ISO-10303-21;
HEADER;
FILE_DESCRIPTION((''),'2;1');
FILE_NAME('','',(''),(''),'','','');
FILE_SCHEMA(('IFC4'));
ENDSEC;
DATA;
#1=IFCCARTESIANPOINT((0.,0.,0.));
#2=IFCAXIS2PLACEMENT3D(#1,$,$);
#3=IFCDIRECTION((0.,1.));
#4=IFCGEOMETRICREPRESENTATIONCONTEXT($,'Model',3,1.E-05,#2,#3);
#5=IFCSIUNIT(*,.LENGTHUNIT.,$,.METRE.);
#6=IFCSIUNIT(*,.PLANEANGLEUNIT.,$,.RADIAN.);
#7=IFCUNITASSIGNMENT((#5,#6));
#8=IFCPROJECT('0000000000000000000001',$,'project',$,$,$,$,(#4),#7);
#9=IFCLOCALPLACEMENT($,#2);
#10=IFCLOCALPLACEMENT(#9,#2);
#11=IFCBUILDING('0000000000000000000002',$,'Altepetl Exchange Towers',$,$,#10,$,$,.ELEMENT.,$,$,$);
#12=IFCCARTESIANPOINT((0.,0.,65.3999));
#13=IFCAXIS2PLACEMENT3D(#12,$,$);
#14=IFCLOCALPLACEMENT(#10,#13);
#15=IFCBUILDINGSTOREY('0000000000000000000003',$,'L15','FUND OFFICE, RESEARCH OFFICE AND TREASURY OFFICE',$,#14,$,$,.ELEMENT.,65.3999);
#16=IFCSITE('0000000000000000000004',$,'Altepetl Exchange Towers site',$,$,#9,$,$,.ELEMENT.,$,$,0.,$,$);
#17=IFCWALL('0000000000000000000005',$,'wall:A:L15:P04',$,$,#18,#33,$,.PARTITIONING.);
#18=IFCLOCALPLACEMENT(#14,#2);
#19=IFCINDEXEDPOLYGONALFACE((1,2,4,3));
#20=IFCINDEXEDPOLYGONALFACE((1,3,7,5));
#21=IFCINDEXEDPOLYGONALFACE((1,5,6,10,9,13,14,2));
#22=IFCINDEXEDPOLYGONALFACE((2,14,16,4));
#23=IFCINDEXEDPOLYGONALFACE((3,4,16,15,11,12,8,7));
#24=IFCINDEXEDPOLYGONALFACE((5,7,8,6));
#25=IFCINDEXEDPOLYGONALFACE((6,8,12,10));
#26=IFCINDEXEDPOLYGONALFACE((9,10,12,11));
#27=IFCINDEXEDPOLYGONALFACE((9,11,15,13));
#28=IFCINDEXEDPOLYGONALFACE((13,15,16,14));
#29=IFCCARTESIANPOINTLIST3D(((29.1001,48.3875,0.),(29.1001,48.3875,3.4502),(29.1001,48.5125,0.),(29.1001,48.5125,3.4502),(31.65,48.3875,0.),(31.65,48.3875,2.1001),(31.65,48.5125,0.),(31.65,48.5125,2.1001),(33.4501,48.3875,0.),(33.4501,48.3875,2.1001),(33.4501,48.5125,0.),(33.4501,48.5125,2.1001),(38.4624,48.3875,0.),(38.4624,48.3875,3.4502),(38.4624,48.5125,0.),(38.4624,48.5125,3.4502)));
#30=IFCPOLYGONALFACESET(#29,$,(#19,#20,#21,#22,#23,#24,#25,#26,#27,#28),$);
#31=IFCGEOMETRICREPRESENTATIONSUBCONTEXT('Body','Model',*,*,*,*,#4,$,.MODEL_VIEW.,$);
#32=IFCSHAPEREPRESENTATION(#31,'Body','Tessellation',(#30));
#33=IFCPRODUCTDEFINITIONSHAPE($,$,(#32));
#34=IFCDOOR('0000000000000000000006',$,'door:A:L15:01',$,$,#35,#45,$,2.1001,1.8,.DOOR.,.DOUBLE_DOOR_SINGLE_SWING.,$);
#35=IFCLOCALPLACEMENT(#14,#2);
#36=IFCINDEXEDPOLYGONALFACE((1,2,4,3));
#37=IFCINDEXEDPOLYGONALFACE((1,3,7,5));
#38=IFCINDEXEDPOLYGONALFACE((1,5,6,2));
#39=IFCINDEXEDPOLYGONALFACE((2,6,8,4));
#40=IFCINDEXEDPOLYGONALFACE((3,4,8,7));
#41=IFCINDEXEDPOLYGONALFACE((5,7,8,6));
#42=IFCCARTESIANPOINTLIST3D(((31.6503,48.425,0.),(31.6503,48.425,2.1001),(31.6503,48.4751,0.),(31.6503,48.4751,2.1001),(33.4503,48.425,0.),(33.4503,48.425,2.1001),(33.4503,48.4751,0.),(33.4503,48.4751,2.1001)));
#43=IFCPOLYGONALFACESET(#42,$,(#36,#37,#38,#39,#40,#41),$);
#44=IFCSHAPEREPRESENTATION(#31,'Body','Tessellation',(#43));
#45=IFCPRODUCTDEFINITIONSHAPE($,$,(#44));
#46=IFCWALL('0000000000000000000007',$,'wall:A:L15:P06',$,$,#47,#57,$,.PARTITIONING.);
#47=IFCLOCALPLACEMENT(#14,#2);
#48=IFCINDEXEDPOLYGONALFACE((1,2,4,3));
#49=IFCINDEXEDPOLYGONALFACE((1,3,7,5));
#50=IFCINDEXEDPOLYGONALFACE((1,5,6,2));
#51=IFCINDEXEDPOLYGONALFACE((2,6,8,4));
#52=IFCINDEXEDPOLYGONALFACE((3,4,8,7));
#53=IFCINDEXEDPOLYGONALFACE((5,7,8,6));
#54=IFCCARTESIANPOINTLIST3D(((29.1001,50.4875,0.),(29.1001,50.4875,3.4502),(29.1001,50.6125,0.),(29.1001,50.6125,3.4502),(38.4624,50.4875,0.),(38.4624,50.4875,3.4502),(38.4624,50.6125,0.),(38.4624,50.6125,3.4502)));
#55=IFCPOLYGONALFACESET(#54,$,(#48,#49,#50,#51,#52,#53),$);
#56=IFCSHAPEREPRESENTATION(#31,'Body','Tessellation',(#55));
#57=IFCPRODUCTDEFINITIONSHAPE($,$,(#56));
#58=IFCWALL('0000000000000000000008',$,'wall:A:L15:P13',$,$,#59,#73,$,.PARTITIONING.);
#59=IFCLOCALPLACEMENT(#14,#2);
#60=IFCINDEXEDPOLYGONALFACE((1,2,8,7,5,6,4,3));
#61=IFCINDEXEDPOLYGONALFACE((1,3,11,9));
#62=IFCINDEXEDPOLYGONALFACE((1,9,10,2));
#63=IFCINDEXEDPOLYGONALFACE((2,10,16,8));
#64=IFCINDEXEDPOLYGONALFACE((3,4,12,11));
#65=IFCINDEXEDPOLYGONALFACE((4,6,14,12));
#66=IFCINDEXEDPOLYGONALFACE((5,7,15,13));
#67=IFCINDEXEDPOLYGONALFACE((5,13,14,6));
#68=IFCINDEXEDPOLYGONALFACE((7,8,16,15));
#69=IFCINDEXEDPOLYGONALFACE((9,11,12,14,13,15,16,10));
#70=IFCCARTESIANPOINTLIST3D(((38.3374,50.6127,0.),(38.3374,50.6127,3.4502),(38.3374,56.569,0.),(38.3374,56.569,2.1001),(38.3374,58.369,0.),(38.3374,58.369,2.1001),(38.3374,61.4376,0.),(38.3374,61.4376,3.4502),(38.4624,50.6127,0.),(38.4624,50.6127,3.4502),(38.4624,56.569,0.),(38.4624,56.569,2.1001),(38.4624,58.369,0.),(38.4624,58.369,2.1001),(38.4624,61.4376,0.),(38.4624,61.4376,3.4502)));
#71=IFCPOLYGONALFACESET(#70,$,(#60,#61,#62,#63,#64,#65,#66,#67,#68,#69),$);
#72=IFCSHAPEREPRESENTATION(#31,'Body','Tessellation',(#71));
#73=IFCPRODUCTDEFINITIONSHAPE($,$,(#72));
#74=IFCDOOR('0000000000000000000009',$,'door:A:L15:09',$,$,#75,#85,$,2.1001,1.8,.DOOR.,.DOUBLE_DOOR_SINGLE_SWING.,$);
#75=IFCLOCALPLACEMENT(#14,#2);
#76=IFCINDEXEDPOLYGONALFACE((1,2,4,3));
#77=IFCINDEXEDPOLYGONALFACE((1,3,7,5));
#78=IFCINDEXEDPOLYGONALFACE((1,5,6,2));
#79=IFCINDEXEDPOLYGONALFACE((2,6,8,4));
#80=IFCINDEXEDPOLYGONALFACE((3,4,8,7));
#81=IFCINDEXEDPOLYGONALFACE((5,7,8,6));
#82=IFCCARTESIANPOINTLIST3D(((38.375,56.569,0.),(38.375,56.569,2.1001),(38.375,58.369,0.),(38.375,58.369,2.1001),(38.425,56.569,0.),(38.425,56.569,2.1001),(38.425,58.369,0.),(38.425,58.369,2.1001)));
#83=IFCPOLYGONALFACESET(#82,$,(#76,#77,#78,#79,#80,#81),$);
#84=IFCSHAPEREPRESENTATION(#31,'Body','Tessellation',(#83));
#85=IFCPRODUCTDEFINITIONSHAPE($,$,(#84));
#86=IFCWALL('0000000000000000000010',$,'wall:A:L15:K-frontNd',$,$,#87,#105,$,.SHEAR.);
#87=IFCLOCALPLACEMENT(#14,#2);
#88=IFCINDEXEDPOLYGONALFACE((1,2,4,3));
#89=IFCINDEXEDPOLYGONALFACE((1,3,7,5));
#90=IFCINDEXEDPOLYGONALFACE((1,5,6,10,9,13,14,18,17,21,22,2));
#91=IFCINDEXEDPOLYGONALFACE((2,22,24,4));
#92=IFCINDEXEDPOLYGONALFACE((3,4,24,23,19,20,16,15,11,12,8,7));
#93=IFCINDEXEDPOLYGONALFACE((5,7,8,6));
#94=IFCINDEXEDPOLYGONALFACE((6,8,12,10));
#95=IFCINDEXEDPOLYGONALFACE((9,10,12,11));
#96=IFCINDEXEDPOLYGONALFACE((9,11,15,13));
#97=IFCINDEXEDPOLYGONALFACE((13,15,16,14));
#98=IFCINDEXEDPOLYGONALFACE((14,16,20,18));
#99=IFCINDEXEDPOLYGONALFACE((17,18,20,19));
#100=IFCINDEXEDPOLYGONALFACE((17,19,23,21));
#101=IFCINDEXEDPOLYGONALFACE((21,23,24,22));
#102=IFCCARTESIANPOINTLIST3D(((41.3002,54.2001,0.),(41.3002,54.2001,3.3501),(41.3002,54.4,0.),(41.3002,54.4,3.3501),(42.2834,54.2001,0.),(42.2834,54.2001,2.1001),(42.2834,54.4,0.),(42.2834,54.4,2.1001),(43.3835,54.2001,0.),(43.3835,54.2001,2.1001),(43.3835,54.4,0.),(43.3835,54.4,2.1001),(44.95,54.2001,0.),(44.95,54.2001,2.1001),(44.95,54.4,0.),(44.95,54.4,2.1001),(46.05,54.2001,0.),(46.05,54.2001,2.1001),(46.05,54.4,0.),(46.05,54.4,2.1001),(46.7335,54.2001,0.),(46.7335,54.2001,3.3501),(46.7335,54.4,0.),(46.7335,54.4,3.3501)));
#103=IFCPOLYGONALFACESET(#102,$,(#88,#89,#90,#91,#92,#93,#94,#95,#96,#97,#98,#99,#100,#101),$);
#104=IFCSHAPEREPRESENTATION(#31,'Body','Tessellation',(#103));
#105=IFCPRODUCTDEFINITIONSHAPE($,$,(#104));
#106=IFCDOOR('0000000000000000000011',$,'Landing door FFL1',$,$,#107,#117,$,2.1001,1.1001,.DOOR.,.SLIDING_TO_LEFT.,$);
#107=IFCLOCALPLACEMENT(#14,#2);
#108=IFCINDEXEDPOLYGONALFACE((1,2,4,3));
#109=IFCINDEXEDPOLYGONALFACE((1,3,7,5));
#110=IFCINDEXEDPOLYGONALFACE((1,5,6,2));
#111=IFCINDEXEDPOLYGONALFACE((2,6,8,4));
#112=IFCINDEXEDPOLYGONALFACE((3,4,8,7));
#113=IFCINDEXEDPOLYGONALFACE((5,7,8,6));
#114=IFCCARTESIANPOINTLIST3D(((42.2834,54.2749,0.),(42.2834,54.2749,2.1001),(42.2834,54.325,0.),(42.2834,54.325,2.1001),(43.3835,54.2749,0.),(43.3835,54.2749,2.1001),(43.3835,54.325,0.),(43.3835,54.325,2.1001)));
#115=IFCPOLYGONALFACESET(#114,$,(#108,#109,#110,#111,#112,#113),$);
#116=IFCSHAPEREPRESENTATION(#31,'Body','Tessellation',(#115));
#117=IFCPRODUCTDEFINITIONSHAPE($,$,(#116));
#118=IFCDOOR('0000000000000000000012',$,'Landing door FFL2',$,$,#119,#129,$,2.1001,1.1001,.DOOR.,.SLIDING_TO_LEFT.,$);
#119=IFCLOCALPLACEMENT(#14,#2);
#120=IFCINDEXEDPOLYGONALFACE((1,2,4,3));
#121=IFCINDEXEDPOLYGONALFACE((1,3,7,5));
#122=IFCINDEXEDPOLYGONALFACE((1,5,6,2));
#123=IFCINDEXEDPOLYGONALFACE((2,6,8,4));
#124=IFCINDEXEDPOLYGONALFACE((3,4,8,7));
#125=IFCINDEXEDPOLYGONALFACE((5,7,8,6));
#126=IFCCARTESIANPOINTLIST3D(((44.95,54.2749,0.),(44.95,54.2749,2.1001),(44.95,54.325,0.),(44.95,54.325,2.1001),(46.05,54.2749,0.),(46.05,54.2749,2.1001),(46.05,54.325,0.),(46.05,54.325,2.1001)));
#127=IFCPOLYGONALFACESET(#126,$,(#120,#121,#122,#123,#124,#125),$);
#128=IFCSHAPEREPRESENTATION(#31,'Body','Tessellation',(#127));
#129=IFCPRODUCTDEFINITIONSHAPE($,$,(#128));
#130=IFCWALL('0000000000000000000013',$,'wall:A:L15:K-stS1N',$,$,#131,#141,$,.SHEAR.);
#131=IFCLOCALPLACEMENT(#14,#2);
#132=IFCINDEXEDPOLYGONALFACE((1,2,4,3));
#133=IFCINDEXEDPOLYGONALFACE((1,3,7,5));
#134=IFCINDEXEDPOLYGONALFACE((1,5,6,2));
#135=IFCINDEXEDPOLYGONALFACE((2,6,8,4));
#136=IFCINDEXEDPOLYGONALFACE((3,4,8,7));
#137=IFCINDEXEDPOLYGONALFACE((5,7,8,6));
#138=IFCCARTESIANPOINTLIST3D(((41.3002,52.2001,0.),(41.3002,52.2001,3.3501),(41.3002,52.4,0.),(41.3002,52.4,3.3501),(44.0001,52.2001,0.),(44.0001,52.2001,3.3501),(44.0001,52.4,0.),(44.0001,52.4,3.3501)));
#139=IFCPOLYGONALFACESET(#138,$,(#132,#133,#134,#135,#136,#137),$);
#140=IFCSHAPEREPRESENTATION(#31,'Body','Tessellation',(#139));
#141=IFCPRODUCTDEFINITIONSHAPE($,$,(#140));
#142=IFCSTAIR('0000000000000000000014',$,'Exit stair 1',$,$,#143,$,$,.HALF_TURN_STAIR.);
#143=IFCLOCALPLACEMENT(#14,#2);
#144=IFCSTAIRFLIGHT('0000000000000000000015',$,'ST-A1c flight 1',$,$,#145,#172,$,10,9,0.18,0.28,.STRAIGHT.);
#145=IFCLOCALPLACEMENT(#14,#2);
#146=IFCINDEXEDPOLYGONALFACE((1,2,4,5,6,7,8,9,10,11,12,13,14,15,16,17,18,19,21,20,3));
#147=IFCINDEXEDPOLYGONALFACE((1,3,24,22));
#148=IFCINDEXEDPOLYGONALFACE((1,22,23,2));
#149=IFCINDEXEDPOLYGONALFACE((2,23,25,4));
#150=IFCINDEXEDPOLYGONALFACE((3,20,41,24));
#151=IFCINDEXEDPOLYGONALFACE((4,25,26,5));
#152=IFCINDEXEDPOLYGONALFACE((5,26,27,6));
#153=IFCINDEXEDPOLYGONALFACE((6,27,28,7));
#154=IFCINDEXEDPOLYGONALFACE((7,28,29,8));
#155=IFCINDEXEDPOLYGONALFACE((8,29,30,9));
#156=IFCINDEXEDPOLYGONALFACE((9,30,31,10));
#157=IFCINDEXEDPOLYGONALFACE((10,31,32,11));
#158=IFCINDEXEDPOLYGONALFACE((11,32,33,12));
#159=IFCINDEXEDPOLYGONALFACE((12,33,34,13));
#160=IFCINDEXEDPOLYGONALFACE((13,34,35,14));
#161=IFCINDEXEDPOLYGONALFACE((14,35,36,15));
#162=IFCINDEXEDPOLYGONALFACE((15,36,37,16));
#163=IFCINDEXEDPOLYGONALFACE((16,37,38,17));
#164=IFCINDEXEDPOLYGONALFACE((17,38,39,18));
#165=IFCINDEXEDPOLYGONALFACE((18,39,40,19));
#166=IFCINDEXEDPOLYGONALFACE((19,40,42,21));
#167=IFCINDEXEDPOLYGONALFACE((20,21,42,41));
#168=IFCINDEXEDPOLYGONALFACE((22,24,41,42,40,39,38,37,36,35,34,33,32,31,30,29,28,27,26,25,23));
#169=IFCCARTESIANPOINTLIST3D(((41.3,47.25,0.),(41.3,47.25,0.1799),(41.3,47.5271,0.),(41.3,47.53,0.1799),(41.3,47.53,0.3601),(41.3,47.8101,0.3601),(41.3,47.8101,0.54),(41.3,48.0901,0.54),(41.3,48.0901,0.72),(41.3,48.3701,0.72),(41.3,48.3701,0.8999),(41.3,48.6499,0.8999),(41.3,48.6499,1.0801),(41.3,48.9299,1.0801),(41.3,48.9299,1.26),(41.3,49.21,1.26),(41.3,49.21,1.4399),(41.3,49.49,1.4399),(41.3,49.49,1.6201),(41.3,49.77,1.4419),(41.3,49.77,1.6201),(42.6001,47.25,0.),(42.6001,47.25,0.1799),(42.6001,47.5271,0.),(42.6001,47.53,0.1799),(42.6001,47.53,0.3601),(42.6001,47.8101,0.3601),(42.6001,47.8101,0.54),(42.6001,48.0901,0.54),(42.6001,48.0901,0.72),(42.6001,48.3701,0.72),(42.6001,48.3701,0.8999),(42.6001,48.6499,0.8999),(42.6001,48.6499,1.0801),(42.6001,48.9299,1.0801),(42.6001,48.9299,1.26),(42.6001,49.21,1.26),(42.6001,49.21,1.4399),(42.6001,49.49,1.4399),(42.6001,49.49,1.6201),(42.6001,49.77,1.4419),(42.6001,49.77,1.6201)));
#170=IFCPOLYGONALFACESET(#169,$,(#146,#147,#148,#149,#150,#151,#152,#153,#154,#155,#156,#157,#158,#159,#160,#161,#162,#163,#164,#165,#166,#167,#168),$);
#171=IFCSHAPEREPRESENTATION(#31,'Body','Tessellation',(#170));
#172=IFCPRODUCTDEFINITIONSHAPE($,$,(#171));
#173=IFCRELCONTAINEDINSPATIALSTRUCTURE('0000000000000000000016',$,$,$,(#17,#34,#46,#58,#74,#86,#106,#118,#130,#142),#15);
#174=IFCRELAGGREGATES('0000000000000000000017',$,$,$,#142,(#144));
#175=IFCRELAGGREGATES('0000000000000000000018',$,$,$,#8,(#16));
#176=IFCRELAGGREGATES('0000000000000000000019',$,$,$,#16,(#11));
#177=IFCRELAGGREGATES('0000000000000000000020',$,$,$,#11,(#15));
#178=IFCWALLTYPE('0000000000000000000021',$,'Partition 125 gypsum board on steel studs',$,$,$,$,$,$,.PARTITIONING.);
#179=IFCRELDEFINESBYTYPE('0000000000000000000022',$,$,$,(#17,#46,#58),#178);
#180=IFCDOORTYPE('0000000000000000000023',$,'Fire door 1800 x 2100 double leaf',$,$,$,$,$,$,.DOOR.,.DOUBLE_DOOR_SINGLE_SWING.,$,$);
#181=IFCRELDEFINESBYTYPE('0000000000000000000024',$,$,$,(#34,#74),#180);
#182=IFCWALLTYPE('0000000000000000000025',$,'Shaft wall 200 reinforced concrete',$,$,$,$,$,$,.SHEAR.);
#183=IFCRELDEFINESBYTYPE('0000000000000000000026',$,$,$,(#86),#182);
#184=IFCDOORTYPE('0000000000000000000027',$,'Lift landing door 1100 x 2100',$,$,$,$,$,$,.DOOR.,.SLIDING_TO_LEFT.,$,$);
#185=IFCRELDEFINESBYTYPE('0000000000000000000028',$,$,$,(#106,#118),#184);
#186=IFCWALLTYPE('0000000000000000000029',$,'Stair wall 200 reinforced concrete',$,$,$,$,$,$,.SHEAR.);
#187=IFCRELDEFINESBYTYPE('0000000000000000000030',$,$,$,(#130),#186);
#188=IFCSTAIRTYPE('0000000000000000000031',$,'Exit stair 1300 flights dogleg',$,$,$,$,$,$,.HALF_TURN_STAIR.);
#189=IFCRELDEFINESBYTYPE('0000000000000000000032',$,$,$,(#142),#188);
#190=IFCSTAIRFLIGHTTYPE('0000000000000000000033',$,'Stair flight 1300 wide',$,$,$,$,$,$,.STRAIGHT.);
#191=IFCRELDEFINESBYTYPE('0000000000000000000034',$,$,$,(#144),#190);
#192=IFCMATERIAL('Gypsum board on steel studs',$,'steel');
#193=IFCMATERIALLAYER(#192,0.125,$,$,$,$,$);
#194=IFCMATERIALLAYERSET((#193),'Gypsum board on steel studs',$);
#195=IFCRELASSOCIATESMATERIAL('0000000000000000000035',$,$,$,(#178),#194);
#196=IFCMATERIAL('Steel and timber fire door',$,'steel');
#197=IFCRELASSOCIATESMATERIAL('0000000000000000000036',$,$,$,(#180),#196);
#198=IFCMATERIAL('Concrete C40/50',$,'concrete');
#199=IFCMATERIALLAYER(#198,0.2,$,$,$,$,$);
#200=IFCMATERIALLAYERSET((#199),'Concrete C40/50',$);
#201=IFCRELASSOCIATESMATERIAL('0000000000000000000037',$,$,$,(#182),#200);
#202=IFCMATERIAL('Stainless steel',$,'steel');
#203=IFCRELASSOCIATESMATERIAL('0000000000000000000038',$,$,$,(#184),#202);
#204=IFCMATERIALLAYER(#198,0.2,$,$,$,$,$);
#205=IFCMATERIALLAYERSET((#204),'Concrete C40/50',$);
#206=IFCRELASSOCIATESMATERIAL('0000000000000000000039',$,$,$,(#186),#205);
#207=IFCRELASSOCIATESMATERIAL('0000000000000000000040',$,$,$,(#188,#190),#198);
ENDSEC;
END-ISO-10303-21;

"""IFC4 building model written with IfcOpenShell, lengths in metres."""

from ifc_helpers import new_model, si_unit, direction, frame, frame_2d, origin, place, context, subcontext, project, spatial, polyline, rectangle, outline, extrude, material, layer, layer_set, type_object, element, fill, aggregate, save


model = new_model("IFC4")

# Units and contexts
model_context = context("Model", 3, precision=1e-05, world=origin(), true_north=direction((0.0, 1.0)))
body_context = subcontext(model_context, "Body", "Model", "MODEL_VIEW")
ifc_project = project(units=[si_unit("LENGTHUNIT", "METRE"), si_unit("PLANEANGLEUNIT", "RADIAN")], contexts=[model_context])

# Site, building, storey
site_placement = place(None, origin())
site = spatial("IfcSite", under=ifc_project, at=site_placement, Name="Altepetl Exchange Towers site", CompositionType="ELEMENT", RefElevation=0.0)
building_placement = place(site_placement, origin())
building = spatial("IfcBuilding", under=site, at=building_placement, Name="Altepetl Exchange Towers", CompositionType="ELEMENT")
storey_placement = place(building_placement, frame((0.0, 0.0, 65.3999)))
storey = spatial("IfcBuildingStorey", under=building, at=storey_placement, Name="L15", Description="FUND OFFICE, RESEARCH OFFICE AND TREASURY OFFICE", CompositionType="ELEMENT", Elevation=65.3999)

# Wall, opening, door
ifc_material_1 = material(Name="Gypsum board on steel studs", Category="steel")
ifc_layer_1 = layer(ifc_material_1, 0.125)
ifc_layer_set_1 = layer_set([ifc_layer_1], Name="Gypsum board on steel studs")
wall_type_1 = type_object("IfcWallType", Name="Partition 125 gypsum board on steel studs", PredefinedType="PARTITIONING", material=ifc_layer_set_1)
wall_1_placement = place(storey_placement, frame((29.1001, 48.45, 0.0)))
wall_1 = element("IfcWall", 1, at=wall_1_placement, inside=storey, type_object=wall_type_1, Name="wall:A:L15:P04", PredefinedType="PARTITIONING", context=body_context, shape_type="SweptSolid", body=[
    extrude(rectangle(XDim=9.3623, YDim=0.125, at=frame_2d((4.6812, 0.0))), origin(), (0.0, 0.0, 1.0), 3.4502),
])
opening_1_placement = place(wall_1_placement, frame((2.55, 0.0, 0.0)))
opening_1 = element("IfcOpeningElement", 2, at=opening_1_placement, cuts=wall_1, PredefinedType="OPENING", context=body_context, shape_type="SweptSolid", body=[
    extrude(rectangle(XDim=1.8, YDim=2.1001, at=frame_2d((0.8999, 1.05))), frame((0.0, 0.0725, 0.0), z_axis=(0.0, -1.0, 0.0), x_axis=(1.0, 0.0, 0.0)), (0.0, 0.0, 1.0), 0.145),
])
ifc_material_2 = material(Name="Steel and timber fire door", Category="steel")
door_type_1 = type_object("IfcDoorType", Name="Fire door 1800 x 2100 double leaf", OperationType="DOUBLE_DOOR_SINGLE_SWING", PredefinedType="DOOR", material=ifc_material_2)
door_1_placement = place(opening_1_placement, frame((1.8, 0.0, 0.0), x_axis=(-1.0, 0.0, 0.0)))
door_1 = element("IfcDoor", 3, at=door_1_placement, inside=storey, type_object=door_type_1, Name="door:A:L15:01", OperationType="DOUBLE_DOOR_SINGLE_SWING", OverallHeight=2.1001, OverallWidth=1.8, PredefinedType="DOOR", context=body_context, shape_type="SweptSolid", body=[
    extrude(rectangle(XDim=1.8, YDim=2.1001, at=frame_2d((0.8999, 1.05))), frame((0.0, 0.0249, 0.0), z_axis=(0.0, -1.0, 0.0), x_axis=(1.0, 0.0, 0.0)), (0.0, 0.0, 1.0), 0.05),
])
fill(opening_1, door_1)

# Wall
wall_2_placement = place(storey_placement, frame((29.1001, 50.55, 0.0)))
element("IfcWall", 4, at=wall_2_placement, inside=storey, type_object=wall_type_1, Name="wall:A:L15:P06", PredefinedType="PARTITIONING", context=body_context, shape_type="SweptSolid", body=[
    extrude(rectangle(XDim=9.3623, YDim=0.125, at=frame_2d((4.6812, 0.0))), origin(), (0.0, 0.0, 1.0), 3.4502),
])

# Wall, opening, door
wall_3_placement = place(storey_placement, frame((38.3999, 50.6125, 0.0), z_axis=(0.0, 0.0, 1.0), x_axis=(0.0, 1.0, 0.0)))
wall_3 = element("IfcWall", 5, at=wall_3_placement, inside=storey, type_object=wall_type_1, Name="wall:A:L15:P13", PredefinedType="PARTITIONING", context=body_context, shape_type="SweptSolid", body=[
    extrude(rectangle(XDim=10.825, YDim=0.125, at=frame_2d((5.4126, 0.0))), origin(), (0.0, 0.0, 1.0), 3.4502),
])
opening_2_placement = place(wall_3_placement, frame((5.9565, 0.0, 0.0)))
opening_2 = element("IfcOpeningElement", 6, at=opening_2_placement, cuts=wall_3, PredefinedType="OPENING", context=body_context, shape_type="SweptSolid", body=[
    extrude(rectangle(XDim=1.8, YDim=2.1001, at=frame_2d((0.8999, 1.05))), frame((0.0, 0.0725, 0.0), z_axis=(0.0, -1.0, 0.0), x_axis=(1.0, 0.0, 0.0)), (0.0, 0.0, 1.0), 0.145),
])
door_2_placement = place(opening_2_placement, origin())
door_2 = element("IfcDoor", 7, at=door_2_placement, inside=storey, type_object=door_type_1, Name="door:A:L15:09", OperationType="DOUBLE_DOOR_SINGLE_SWING", OverallHeight=2.1001, OverallWidth=1.8, PredefinedType="DOOR", context=body_context, shape_type="SweptSolid", body=[
    extrude(rectangle(XDim=1.8, YDim=2.1001, at=frame_2d((0.8999, 1.05))), frame((0.0, 0.0249, 0.0), z_axis=(0.0, -1.0, 0.0), x_axis=(1.0, 0.0, 0.0)), (0.0, 0.0, 1.0), 0.05),
])
fill(opening_2, door_2)

# Wall, openings, doors
ifc_material_3 = material(Name="Concrete C40/50", Category="concrete")
ifc_layer_2 = layer(ifc_material_3, 0.2)
ifc_layer_set_2 = layer_set([ifc_layer_2], Name="Concrete C40/50")
wall_type_2 = type_object("IfcWallType", Name="Shaft wall 200 reinforced concrete", PredefinedType="SHEAR", material=ifc_layer_set_2)
wall_4_placement = place(storey_placement, frame((41.3, 54.3, 0.0)))
wall_4 = element("IfcWall", 8, at=wall_4_placement, inside=storey, type_object=wall_type_2, Name="wall:A:L15:K-frontNd", PredefinedType="SHEAR", context=body_context, shape_type="SweptSolid", body=[
    extrude(rectangle(XDim=5.4333, YDim=0.2, at=frame_2d((2.7168, 0.0))), origin(), (0.0, 0.0, 1.0), 3.3501),
])
opening_3_placement = place(wall_4_placement, frame((0.9834, 0.0, 0.0)))
opening_3 = element("IfcOpeningElement", 9, at=opening_3_placement, cuts=wall_4, PredefinedType="OPENING", context=body_context, shape_type="SweptSolid", body=[
    extrude(rectangle(XDim=1.1001, YDim=2.1001, at=frame_2d((0.55, 1.05))), frame((0.0, 0.1099, 0.0), z_axis=(0.0, -1.0, 0.0), x_axis=(1.0, 0.0, 0.0)), (0.0, 0.0, 1.0), 0.22),
])
opening_4_placement = place(wall_4_placement, frame((3.6499, 0.0, 0.0)))
opening_4 = element("IfcOpeningElement", 10, at=opening_4_placement, cuts=wall_4, PredefinedType="OPENING", context=body_context, shape_type="SweptSolid", body=[
    extrude(rectangle(XDim=1.1001, YDim=2.1001, at=frame_2d((0.55, 1.05))), frame((0.0, 0.1099, 0.0), z_axis=(0.0, -1.0, 0.0), x_axis=(1.0, 0.0, 0.0)), (0.0, 0.0, 1.0), 0.22),
])
ifc_material_4 = material(Name="Stainless steel", Category="steel")
door_type_2 = type_object("IfcDoorType", Name="Lift landing door 1100 x 2100", OperationType="SLIDING_TO_LEFT", PredefinedType="DOOR", material=ifc_material_4)
door_3_placement = place(opening_3_placement, origin())
door_3 = element("IfcDoor", 11, at=door_3_placement, inside=storey, type_object=door_type_2, Name="Landing door FFL1", OperationType="SLIDING_TO_LEFT", OverallHeight=2.1001, OverallWidth=1.1001, PredefinedType="DOOR", context=body_context, shape_type="SweptSolid", body=[
    extrude(rectangle(XDim=1.1001, YDim=2.1001, at=frame_2d((0.55, 1.05))), frame((0.0, 0.0249, 0.0), z_axis=(0.0, -1.0, 0.0), x_axis=(1.0, 0.0, 0.0)), (0.0, 0.0, 1.0), 0.05),
])
fill(opening_3, door_3)
door_4_placement = place(opening_4_placement, origin())
door_4 = element("IfcDoor", 12, at=door_4_placement, inside=storey, type_object=door_type_2, Name="Landing door FFL2", OperationType="SLIDING_TO_LEFT", OverallHeight=2.1001, OverallWidth=1.1001, PredefinedType="DOOR", context=body_context, shape_type="SweptSolid", body=[
    extrude(rectangle(XDim=1.1001, YDim=2.1001, at=frame_2d((0.55, 1.05))), frame((0.0, 0.0249, 0.0), z_axis=(0.0, -1.0, 0.0), x_axis=(1.0, 0.0, 0.0)), (0.0, 0.0, 1.0), 0.05),
])
fill(opening_4, door_4)

# Wall
ifc_layer_3 = layer(ifc_material_3, 0.2)
ifc_layer_set_3 = layer_set([ifc_layer_3], Name="Concrete C40/50")
wall_type_3 = type_object("IfcWallType", Name="Stair wall 200 reinforced concrete", PredefinedType="SHEAR", material=ifc_layer_set_3)
wall_5_placement = place(storey_placement, frame((41.3, 52.3, 0.0)))
element("IfcWall", 13, at=wall_5_placement, inside=storey, type_object=wall_type_3, Name="wall:A:L15:K-stS1N", PredefinedType="SHEAR", context=body_context, shape_type="SweptSolid", body=[
    extrude(rectangle(XDim=2.7, YDim=0.2, at=frame_2d((1.3501, 0.0))), origin(), (0.0, 0.0, 1.0), 3.3501),
])

# Stair, stair flight
stair_type = type_object("IfcStairType", Name="Exit stair 1300 flights dogleg", PredefinedType="HALF_TURN_STAIR", material=ifc_material_3)
stair_placement = place(storey_placement, origin())
stair = element("IfcStair", 14, at=stair_placement, inside=storey, type_object=stair_type, Name="Exit stair 1", PredefinedType="HALF_TURN_STAIR")
stair_flight_type = type_object("IfcStairFlightType", Name="Stair flight 1300 wide", PredefinedType="STRAIGHT", material=ifc_material_3)
stair_flight_placement = place(storey_placement, frame((41.95, 47.25, 0.0), z_axis=(0.0, 0.0, 1.0), x_axis=(0.0, 1.0, 0.0)))
stair_flight = element("IfcStairFlight", 15, at=stair_flight_placement, type_object=stair_flight_type, Name="ST-A1c flight 1", NumberOfRisers=10, NumberOfTreads=9, PredefinedType="STRAIGHT", RiserHeight=0.18, TreadLength=0.28, context=body_context, shape_type="SweptSolid", body=[
    extrude(outline(polyline([(0.0, 0.0), (0.0, 0.1799), (0.28, 0.1799), (0.28, 0.3601), (0.5601, 0.3601), (0.5601, 0.54), (0.8401, 0.54), (0.8401, 0.72), (1.1201, 0.72), (1.1201, 0.8999), (1.3999, 0.8999), (1.3999, 1.0801), (1.6799, 1.0801), (1.6799, 1.26), (1.96, 1.26), (1.96, 1.4399), (2.24, 1.4399), (2.24, 1.6201), (2.52, 1.6201), (2.52, 1.8), (2.52, 1.4419), (0.2771, 0.0), (0.0, 0.0)])), frame((0.0, 0.6499, 0.0), z_axis=(0.0, -1.0, 0.0), x_axis=(1.0, 0.0, 0.0)), (0.0, 0.0, 1.0), 1.3),
])
aggregate(stair, [stair_flight])

save(model, "model.ifc")
